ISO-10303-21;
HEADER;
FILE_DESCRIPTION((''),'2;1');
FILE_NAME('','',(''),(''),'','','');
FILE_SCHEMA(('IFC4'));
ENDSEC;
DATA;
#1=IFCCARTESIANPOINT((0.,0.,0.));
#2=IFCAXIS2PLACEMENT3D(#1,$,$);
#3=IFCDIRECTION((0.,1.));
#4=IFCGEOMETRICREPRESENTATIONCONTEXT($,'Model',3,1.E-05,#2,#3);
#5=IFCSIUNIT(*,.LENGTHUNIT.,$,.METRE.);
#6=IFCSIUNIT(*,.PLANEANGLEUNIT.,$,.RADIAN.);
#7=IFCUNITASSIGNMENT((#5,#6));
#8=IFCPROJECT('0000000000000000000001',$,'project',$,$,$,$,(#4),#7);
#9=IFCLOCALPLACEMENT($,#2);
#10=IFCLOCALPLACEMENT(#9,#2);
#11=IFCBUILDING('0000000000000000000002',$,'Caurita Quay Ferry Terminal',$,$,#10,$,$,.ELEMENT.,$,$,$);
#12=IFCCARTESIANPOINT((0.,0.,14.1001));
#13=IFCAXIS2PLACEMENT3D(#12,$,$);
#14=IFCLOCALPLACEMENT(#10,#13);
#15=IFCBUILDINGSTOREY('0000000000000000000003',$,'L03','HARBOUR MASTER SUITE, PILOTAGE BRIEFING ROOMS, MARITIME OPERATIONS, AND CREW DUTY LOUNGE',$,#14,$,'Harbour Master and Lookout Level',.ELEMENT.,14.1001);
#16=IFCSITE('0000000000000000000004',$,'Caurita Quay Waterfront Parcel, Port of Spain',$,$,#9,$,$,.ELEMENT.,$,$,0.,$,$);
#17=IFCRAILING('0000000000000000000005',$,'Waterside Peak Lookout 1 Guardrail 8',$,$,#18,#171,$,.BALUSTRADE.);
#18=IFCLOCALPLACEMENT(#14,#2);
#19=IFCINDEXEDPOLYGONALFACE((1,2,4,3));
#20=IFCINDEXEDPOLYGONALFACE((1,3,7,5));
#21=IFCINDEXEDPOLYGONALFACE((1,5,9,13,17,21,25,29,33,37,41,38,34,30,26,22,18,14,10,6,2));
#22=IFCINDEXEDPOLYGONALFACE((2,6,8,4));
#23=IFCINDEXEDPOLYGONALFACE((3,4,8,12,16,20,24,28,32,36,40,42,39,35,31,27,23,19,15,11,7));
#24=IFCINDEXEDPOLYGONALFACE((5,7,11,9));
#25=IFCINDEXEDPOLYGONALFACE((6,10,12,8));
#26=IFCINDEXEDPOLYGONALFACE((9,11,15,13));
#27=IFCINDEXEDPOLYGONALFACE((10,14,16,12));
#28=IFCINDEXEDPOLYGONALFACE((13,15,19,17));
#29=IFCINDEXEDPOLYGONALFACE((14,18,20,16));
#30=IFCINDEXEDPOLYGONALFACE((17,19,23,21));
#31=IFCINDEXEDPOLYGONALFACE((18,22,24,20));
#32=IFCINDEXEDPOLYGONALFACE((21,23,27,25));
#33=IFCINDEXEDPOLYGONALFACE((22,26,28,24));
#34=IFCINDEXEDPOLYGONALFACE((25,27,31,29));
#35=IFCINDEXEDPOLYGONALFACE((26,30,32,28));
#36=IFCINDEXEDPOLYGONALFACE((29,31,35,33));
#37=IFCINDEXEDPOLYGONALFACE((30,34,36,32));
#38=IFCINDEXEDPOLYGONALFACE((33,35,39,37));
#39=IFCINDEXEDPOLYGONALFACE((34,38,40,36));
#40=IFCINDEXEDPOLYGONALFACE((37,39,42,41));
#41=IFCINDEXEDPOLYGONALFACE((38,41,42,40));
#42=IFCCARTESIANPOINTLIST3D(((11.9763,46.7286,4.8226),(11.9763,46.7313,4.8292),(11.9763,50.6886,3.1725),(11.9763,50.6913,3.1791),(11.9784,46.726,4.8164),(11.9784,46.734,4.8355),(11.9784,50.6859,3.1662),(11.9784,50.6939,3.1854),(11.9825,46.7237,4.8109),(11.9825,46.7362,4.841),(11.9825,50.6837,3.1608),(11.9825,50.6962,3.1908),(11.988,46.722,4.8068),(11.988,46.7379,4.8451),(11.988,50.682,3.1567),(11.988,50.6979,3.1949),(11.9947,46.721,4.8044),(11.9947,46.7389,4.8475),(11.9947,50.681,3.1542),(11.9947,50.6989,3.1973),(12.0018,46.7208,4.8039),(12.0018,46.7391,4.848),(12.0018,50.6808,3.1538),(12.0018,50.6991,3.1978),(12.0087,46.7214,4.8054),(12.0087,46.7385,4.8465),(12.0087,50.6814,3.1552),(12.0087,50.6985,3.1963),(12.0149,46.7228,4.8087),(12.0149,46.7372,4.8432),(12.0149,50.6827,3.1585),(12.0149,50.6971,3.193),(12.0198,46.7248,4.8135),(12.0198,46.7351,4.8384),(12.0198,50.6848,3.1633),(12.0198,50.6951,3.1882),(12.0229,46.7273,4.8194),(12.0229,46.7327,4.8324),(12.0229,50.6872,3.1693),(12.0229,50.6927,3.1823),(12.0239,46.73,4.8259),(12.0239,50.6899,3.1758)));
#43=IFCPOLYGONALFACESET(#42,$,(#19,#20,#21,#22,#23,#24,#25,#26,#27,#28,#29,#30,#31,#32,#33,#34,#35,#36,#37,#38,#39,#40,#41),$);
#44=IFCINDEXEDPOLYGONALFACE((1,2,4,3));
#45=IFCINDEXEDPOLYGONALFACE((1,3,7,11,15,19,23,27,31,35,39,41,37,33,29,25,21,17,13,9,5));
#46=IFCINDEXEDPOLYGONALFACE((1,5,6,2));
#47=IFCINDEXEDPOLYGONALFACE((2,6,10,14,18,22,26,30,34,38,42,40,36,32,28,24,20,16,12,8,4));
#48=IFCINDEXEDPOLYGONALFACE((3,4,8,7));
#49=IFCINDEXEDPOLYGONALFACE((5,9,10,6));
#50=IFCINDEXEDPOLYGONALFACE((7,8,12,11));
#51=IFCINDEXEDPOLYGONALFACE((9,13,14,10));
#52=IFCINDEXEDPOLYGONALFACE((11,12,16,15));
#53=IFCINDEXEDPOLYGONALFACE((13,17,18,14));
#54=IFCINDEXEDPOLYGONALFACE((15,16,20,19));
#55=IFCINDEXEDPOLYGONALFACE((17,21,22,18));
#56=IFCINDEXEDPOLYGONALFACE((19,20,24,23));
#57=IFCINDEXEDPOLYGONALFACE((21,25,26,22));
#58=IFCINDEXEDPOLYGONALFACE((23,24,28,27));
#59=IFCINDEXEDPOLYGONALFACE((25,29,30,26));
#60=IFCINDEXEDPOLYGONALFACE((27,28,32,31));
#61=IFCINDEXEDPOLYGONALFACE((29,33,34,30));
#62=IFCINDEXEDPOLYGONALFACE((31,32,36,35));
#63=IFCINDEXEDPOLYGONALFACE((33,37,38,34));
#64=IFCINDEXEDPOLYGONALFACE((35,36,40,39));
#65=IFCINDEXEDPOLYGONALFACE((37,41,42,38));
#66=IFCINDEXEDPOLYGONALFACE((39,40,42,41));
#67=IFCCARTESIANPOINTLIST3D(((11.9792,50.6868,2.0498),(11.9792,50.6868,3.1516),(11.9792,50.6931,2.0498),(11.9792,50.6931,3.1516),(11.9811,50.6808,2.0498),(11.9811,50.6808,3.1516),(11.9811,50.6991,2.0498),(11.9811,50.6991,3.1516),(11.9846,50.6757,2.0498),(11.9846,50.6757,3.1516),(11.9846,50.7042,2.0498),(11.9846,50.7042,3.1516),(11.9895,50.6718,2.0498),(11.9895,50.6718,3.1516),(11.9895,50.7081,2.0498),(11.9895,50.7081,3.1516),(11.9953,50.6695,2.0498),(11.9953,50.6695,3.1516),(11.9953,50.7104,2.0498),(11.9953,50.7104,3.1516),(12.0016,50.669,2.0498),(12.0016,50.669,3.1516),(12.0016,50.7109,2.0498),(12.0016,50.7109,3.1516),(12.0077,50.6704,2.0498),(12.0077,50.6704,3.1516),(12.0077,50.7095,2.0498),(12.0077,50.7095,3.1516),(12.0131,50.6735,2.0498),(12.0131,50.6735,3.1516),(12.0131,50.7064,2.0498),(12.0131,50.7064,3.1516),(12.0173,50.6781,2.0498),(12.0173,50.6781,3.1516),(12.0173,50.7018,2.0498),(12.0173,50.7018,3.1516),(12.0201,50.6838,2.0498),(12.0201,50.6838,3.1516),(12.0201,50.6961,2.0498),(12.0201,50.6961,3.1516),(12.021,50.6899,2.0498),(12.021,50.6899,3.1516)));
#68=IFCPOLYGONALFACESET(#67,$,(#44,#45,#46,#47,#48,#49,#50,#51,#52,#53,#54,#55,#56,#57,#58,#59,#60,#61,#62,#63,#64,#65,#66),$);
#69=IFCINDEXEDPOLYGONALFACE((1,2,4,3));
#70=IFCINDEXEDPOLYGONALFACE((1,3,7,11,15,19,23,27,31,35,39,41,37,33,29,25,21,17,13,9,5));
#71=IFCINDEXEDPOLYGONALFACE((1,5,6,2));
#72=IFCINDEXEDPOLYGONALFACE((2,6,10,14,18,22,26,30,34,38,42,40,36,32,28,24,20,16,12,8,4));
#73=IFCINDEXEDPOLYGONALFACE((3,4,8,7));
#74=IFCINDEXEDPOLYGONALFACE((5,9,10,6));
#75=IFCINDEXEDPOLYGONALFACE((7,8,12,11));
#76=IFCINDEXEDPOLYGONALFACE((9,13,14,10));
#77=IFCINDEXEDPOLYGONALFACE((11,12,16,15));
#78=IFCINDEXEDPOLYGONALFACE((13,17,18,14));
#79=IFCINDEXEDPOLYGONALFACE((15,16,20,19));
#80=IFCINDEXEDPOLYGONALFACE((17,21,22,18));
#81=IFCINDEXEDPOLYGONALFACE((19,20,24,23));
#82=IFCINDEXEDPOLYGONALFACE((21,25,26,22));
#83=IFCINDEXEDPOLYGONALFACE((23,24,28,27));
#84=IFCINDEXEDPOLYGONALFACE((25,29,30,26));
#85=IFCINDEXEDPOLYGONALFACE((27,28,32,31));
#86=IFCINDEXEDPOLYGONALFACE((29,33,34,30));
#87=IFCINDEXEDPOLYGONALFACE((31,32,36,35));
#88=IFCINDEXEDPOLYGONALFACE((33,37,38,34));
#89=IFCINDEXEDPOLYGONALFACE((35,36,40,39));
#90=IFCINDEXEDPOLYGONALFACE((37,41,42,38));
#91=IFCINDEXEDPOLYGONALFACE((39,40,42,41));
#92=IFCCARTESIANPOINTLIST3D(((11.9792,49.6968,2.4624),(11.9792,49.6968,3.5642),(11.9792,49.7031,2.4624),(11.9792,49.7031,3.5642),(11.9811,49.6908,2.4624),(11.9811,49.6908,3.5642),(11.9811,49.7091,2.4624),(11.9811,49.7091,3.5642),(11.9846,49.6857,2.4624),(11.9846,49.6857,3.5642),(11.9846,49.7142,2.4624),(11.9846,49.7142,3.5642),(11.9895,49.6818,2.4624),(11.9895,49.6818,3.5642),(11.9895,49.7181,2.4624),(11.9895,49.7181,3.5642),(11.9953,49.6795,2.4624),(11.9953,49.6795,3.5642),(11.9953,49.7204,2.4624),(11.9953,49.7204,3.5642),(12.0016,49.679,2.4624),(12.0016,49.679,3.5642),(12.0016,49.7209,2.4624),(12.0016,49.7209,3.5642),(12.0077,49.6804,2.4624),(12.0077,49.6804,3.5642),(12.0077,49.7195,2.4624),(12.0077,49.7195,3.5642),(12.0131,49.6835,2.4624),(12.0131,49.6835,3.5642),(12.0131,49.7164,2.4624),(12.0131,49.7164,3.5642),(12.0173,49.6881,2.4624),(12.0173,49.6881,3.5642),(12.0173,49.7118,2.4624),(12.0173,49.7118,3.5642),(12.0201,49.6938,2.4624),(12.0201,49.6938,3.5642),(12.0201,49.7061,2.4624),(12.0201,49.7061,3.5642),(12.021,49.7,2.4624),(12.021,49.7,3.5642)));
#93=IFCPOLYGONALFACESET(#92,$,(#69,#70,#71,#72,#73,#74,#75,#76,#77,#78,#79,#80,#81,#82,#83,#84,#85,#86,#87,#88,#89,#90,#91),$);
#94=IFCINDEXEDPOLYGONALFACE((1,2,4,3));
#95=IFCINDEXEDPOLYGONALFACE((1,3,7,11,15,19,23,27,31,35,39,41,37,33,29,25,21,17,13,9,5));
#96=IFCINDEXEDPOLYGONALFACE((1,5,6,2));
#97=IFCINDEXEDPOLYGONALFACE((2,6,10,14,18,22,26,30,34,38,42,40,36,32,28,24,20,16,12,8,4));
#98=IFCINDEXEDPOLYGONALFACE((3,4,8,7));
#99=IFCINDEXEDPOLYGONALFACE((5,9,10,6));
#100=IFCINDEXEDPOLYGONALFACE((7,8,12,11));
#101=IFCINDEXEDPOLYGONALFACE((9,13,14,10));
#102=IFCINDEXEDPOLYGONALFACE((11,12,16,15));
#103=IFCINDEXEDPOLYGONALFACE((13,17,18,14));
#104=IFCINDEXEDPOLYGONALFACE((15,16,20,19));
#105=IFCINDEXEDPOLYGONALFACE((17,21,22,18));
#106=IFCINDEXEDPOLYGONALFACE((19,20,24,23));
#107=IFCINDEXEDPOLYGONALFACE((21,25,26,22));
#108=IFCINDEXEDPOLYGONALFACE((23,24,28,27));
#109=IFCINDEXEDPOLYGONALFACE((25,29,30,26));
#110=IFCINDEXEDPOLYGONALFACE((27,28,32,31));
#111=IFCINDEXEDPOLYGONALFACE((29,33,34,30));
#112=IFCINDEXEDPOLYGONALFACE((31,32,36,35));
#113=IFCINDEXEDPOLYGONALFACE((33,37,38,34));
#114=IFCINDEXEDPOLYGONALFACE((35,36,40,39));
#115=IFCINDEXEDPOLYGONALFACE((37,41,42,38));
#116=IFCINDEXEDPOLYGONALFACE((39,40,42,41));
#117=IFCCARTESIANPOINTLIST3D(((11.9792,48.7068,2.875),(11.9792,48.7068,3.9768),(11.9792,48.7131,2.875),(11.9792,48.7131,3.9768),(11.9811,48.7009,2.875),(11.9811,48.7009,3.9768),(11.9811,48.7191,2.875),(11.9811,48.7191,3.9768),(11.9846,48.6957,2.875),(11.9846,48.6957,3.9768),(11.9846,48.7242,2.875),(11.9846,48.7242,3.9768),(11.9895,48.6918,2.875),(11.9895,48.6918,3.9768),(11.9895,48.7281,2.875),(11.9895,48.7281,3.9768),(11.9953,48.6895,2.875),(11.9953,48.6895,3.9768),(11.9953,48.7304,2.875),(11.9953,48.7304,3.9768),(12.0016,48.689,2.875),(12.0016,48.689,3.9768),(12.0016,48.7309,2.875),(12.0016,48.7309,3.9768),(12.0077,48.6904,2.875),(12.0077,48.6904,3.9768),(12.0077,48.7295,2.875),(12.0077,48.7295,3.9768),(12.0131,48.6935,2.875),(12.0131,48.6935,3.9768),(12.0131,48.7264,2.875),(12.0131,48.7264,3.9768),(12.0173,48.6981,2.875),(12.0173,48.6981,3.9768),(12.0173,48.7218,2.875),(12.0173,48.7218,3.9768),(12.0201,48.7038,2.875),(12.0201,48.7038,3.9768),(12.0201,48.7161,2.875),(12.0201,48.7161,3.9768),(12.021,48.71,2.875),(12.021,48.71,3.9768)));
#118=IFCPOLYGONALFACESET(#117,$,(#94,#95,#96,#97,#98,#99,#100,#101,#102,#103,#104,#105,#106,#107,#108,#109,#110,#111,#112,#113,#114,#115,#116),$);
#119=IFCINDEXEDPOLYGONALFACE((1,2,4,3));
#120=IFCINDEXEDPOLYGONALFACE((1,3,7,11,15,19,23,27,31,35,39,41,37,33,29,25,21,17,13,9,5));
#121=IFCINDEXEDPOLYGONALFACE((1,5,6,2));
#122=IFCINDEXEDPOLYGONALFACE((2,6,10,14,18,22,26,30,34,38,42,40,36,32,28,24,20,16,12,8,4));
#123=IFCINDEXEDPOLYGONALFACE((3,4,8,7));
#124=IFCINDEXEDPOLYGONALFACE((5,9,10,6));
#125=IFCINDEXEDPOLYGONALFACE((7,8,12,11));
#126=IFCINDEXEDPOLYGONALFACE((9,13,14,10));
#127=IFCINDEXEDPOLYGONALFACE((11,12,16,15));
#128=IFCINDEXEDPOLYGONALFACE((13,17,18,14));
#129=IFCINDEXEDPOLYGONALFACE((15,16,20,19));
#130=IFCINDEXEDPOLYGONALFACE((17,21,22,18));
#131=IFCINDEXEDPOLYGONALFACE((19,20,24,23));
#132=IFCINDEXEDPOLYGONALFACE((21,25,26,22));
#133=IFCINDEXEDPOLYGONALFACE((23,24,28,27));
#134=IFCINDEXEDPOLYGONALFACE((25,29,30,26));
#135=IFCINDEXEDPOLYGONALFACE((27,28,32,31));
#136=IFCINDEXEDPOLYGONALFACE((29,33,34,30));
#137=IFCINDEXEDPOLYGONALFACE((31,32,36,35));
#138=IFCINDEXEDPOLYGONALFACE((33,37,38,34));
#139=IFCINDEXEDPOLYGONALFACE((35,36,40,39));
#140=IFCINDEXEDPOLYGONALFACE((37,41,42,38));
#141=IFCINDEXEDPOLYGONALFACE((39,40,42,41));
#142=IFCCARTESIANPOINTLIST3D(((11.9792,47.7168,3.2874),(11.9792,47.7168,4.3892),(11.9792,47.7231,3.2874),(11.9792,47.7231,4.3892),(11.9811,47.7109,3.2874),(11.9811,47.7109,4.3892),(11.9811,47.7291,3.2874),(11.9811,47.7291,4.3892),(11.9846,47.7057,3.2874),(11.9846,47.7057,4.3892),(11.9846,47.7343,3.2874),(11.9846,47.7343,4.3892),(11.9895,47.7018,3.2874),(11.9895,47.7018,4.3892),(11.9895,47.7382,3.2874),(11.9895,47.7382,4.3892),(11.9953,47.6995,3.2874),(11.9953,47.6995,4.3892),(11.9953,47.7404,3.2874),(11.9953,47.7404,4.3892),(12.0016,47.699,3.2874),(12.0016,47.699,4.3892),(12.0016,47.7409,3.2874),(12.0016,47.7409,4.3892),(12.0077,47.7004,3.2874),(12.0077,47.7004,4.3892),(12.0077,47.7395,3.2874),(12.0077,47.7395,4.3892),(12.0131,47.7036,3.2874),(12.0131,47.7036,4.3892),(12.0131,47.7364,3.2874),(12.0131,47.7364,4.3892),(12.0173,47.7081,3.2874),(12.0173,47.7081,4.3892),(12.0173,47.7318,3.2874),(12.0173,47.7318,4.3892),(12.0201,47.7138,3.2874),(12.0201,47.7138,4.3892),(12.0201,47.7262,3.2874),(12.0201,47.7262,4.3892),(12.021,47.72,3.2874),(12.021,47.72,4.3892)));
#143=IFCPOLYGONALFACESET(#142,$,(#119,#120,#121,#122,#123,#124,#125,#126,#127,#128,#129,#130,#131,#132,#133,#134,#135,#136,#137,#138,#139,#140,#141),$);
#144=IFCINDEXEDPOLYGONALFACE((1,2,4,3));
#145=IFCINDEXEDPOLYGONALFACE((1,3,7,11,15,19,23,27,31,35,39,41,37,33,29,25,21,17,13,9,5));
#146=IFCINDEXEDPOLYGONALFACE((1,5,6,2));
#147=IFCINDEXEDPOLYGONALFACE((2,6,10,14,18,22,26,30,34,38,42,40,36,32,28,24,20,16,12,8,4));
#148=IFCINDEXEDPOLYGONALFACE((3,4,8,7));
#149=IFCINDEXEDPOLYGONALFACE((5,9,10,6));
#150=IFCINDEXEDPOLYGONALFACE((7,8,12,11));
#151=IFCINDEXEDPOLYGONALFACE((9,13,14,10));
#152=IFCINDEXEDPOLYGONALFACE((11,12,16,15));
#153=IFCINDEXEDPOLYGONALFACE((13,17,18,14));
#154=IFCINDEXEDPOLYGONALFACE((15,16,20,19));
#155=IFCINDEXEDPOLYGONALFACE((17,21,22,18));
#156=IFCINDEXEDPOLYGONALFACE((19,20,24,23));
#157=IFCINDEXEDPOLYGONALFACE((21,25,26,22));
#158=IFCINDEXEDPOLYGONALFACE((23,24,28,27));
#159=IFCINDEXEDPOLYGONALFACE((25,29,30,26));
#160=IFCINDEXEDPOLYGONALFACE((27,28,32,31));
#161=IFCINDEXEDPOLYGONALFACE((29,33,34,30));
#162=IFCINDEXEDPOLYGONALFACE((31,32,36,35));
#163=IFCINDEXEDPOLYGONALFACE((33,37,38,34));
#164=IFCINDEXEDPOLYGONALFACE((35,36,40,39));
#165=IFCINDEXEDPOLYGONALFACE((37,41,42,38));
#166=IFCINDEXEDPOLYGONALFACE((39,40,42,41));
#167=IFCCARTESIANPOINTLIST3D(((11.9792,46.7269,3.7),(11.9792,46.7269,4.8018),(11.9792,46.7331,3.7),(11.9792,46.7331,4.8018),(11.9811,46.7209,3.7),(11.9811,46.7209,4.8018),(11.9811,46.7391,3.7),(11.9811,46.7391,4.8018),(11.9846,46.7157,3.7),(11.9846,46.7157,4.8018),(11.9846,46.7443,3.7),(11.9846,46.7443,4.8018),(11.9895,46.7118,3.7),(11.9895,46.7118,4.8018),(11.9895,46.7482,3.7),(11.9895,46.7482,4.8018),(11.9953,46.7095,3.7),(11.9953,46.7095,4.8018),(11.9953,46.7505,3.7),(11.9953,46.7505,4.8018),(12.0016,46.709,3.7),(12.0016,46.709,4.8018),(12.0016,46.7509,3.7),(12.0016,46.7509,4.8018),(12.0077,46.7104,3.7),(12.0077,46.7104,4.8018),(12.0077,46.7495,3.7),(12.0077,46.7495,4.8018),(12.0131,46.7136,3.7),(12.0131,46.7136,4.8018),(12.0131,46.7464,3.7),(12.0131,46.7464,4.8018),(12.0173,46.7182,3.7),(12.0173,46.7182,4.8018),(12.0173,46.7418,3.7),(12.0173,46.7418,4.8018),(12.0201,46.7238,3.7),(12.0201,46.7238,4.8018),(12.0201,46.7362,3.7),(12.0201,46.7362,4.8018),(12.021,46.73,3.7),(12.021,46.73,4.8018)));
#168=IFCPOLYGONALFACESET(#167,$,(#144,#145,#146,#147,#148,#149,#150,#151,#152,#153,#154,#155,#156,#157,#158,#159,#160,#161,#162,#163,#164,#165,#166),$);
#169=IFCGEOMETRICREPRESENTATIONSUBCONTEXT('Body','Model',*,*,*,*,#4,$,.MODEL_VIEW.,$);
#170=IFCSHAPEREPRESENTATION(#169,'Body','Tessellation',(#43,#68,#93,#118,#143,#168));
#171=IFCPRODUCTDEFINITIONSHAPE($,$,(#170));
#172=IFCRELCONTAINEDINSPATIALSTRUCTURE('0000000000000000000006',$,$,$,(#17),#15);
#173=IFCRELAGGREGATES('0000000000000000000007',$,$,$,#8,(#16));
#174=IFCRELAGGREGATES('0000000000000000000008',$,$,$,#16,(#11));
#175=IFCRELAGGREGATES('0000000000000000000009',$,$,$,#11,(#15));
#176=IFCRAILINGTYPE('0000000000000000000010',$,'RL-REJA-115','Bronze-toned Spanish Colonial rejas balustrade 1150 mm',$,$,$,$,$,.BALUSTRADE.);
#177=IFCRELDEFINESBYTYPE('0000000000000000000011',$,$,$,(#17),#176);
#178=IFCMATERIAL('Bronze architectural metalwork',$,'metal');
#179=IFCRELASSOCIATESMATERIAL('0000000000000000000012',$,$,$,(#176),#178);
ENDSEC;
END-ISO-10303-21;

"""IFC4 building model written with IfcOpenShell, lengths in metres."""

from ifc_helpers import new_model, si_unit, direction, frame, origin, origin_2d, place, context, subcontext, project, spatial, circle, extrude, material, type_object, element, save


model = new_model("IFC4")

# Units and contexts
model_context = context("Model", 3, precision=1e-05, world=origin(), true_north=direction((0.0, 1.0)))
body_context = subcontext(model_context, "Body", "Model", "MODEL_VIEW")
ifc_project = project(units=[si_unit("LENGTHUNIT", "METRE"), si_unit("PLANEANGLEUNIT", "RADIAN")], contexts=[model_context])

# Site, building, storey
site_placement = place(None, origin())
site = spatial("IfcSite", under=ifc_project, at=site_placement, Name="Caurita Quay Waterfront Parcel, Port of Spain", CompositionType="ELEMENT", RefElevation=0.0)
building_placement = place(site_placement, origin())
building = spatial("IfcBuilding", under=site, at=building_placement, Name="Caurita Quay Ferry Terminal", CompositionType="ELEMENT")
storey_placement = place(building_placement, frame((0.0, 0.0, 14.1001)))
storey = spatial("IfcBuildingStorey", under=building, at=storey_placement, Name="L03", Description="HARBOUR MASTER SUITE, PILOTAGE BRIEFING ROOMS, MARITIME OPERATIONS, AND CREW DUTY LOUNGE", LongName="Harbour Master and Lookout Level", CompositionType="ELEMENT", Elevation=14.1001)

# Railing
ifc_material_1 = material(Name="Bronze architectural metalwork", Category="metal")
railing_type_1 = type_object("IfcRailingType", Name="RL-REJA-115", Description="Bronze-toned Spanish Colonial rejas balustrade 1150 mm", PredefinedType="BALUSTRADE", material=ifc_material_1)
for number, where, name in (
    (1, (12.0, 50.6899, 2.0498), "Waterside Peak Lookout 1 Guardrail 8"),
):
    element("IfcRailing", number, at=place(storey_placement, frame(where)), inside=storey, type_object=railing_type_1, Name=name, PredefinedType="BALUSTRADE", context=body_context, shape_type="SweptSolid", body=[
        extrude(circle(Radius=0.0239, at=origin_2d()), frame((0.0, 0.0, 1.126), z_axis=(0.0, -0.923063, 0.384648), x_axis=(1.0, 0.0, 0.0)), (0.0, 0.0, 1.0), 4.29),
        extrude(circle(Radius=0.021, at=origin_2d()), origin(), (0.0, 0.0, 1.0), 1.1018),
        extrude(circle(Radius=0.021, at=origin_2d()), frame((0.0, -0.99, 0.4126)), (0.0, 0.0, 1.0), 1.1018),
        extrude(circle(Radius=0.021, at=origin_2d()), frame((0.0, -1.98, 0.8252)), (0.0, 0.0, 1.0), 1.1018),
        extrude(circle(Radius=0.021, at=origin_2d()), frame((0.0, -2.97, 1.2375)), (0.0, 0.0, 1.0), 1.1018),
        extrude(circle(Radius=0.021, at=origin_2d()), frame((0.0, -3.96, 1.6501)), (0.0, 0.0, 1.0), 1.1018),
    ])

save(model, "model.ifc")
